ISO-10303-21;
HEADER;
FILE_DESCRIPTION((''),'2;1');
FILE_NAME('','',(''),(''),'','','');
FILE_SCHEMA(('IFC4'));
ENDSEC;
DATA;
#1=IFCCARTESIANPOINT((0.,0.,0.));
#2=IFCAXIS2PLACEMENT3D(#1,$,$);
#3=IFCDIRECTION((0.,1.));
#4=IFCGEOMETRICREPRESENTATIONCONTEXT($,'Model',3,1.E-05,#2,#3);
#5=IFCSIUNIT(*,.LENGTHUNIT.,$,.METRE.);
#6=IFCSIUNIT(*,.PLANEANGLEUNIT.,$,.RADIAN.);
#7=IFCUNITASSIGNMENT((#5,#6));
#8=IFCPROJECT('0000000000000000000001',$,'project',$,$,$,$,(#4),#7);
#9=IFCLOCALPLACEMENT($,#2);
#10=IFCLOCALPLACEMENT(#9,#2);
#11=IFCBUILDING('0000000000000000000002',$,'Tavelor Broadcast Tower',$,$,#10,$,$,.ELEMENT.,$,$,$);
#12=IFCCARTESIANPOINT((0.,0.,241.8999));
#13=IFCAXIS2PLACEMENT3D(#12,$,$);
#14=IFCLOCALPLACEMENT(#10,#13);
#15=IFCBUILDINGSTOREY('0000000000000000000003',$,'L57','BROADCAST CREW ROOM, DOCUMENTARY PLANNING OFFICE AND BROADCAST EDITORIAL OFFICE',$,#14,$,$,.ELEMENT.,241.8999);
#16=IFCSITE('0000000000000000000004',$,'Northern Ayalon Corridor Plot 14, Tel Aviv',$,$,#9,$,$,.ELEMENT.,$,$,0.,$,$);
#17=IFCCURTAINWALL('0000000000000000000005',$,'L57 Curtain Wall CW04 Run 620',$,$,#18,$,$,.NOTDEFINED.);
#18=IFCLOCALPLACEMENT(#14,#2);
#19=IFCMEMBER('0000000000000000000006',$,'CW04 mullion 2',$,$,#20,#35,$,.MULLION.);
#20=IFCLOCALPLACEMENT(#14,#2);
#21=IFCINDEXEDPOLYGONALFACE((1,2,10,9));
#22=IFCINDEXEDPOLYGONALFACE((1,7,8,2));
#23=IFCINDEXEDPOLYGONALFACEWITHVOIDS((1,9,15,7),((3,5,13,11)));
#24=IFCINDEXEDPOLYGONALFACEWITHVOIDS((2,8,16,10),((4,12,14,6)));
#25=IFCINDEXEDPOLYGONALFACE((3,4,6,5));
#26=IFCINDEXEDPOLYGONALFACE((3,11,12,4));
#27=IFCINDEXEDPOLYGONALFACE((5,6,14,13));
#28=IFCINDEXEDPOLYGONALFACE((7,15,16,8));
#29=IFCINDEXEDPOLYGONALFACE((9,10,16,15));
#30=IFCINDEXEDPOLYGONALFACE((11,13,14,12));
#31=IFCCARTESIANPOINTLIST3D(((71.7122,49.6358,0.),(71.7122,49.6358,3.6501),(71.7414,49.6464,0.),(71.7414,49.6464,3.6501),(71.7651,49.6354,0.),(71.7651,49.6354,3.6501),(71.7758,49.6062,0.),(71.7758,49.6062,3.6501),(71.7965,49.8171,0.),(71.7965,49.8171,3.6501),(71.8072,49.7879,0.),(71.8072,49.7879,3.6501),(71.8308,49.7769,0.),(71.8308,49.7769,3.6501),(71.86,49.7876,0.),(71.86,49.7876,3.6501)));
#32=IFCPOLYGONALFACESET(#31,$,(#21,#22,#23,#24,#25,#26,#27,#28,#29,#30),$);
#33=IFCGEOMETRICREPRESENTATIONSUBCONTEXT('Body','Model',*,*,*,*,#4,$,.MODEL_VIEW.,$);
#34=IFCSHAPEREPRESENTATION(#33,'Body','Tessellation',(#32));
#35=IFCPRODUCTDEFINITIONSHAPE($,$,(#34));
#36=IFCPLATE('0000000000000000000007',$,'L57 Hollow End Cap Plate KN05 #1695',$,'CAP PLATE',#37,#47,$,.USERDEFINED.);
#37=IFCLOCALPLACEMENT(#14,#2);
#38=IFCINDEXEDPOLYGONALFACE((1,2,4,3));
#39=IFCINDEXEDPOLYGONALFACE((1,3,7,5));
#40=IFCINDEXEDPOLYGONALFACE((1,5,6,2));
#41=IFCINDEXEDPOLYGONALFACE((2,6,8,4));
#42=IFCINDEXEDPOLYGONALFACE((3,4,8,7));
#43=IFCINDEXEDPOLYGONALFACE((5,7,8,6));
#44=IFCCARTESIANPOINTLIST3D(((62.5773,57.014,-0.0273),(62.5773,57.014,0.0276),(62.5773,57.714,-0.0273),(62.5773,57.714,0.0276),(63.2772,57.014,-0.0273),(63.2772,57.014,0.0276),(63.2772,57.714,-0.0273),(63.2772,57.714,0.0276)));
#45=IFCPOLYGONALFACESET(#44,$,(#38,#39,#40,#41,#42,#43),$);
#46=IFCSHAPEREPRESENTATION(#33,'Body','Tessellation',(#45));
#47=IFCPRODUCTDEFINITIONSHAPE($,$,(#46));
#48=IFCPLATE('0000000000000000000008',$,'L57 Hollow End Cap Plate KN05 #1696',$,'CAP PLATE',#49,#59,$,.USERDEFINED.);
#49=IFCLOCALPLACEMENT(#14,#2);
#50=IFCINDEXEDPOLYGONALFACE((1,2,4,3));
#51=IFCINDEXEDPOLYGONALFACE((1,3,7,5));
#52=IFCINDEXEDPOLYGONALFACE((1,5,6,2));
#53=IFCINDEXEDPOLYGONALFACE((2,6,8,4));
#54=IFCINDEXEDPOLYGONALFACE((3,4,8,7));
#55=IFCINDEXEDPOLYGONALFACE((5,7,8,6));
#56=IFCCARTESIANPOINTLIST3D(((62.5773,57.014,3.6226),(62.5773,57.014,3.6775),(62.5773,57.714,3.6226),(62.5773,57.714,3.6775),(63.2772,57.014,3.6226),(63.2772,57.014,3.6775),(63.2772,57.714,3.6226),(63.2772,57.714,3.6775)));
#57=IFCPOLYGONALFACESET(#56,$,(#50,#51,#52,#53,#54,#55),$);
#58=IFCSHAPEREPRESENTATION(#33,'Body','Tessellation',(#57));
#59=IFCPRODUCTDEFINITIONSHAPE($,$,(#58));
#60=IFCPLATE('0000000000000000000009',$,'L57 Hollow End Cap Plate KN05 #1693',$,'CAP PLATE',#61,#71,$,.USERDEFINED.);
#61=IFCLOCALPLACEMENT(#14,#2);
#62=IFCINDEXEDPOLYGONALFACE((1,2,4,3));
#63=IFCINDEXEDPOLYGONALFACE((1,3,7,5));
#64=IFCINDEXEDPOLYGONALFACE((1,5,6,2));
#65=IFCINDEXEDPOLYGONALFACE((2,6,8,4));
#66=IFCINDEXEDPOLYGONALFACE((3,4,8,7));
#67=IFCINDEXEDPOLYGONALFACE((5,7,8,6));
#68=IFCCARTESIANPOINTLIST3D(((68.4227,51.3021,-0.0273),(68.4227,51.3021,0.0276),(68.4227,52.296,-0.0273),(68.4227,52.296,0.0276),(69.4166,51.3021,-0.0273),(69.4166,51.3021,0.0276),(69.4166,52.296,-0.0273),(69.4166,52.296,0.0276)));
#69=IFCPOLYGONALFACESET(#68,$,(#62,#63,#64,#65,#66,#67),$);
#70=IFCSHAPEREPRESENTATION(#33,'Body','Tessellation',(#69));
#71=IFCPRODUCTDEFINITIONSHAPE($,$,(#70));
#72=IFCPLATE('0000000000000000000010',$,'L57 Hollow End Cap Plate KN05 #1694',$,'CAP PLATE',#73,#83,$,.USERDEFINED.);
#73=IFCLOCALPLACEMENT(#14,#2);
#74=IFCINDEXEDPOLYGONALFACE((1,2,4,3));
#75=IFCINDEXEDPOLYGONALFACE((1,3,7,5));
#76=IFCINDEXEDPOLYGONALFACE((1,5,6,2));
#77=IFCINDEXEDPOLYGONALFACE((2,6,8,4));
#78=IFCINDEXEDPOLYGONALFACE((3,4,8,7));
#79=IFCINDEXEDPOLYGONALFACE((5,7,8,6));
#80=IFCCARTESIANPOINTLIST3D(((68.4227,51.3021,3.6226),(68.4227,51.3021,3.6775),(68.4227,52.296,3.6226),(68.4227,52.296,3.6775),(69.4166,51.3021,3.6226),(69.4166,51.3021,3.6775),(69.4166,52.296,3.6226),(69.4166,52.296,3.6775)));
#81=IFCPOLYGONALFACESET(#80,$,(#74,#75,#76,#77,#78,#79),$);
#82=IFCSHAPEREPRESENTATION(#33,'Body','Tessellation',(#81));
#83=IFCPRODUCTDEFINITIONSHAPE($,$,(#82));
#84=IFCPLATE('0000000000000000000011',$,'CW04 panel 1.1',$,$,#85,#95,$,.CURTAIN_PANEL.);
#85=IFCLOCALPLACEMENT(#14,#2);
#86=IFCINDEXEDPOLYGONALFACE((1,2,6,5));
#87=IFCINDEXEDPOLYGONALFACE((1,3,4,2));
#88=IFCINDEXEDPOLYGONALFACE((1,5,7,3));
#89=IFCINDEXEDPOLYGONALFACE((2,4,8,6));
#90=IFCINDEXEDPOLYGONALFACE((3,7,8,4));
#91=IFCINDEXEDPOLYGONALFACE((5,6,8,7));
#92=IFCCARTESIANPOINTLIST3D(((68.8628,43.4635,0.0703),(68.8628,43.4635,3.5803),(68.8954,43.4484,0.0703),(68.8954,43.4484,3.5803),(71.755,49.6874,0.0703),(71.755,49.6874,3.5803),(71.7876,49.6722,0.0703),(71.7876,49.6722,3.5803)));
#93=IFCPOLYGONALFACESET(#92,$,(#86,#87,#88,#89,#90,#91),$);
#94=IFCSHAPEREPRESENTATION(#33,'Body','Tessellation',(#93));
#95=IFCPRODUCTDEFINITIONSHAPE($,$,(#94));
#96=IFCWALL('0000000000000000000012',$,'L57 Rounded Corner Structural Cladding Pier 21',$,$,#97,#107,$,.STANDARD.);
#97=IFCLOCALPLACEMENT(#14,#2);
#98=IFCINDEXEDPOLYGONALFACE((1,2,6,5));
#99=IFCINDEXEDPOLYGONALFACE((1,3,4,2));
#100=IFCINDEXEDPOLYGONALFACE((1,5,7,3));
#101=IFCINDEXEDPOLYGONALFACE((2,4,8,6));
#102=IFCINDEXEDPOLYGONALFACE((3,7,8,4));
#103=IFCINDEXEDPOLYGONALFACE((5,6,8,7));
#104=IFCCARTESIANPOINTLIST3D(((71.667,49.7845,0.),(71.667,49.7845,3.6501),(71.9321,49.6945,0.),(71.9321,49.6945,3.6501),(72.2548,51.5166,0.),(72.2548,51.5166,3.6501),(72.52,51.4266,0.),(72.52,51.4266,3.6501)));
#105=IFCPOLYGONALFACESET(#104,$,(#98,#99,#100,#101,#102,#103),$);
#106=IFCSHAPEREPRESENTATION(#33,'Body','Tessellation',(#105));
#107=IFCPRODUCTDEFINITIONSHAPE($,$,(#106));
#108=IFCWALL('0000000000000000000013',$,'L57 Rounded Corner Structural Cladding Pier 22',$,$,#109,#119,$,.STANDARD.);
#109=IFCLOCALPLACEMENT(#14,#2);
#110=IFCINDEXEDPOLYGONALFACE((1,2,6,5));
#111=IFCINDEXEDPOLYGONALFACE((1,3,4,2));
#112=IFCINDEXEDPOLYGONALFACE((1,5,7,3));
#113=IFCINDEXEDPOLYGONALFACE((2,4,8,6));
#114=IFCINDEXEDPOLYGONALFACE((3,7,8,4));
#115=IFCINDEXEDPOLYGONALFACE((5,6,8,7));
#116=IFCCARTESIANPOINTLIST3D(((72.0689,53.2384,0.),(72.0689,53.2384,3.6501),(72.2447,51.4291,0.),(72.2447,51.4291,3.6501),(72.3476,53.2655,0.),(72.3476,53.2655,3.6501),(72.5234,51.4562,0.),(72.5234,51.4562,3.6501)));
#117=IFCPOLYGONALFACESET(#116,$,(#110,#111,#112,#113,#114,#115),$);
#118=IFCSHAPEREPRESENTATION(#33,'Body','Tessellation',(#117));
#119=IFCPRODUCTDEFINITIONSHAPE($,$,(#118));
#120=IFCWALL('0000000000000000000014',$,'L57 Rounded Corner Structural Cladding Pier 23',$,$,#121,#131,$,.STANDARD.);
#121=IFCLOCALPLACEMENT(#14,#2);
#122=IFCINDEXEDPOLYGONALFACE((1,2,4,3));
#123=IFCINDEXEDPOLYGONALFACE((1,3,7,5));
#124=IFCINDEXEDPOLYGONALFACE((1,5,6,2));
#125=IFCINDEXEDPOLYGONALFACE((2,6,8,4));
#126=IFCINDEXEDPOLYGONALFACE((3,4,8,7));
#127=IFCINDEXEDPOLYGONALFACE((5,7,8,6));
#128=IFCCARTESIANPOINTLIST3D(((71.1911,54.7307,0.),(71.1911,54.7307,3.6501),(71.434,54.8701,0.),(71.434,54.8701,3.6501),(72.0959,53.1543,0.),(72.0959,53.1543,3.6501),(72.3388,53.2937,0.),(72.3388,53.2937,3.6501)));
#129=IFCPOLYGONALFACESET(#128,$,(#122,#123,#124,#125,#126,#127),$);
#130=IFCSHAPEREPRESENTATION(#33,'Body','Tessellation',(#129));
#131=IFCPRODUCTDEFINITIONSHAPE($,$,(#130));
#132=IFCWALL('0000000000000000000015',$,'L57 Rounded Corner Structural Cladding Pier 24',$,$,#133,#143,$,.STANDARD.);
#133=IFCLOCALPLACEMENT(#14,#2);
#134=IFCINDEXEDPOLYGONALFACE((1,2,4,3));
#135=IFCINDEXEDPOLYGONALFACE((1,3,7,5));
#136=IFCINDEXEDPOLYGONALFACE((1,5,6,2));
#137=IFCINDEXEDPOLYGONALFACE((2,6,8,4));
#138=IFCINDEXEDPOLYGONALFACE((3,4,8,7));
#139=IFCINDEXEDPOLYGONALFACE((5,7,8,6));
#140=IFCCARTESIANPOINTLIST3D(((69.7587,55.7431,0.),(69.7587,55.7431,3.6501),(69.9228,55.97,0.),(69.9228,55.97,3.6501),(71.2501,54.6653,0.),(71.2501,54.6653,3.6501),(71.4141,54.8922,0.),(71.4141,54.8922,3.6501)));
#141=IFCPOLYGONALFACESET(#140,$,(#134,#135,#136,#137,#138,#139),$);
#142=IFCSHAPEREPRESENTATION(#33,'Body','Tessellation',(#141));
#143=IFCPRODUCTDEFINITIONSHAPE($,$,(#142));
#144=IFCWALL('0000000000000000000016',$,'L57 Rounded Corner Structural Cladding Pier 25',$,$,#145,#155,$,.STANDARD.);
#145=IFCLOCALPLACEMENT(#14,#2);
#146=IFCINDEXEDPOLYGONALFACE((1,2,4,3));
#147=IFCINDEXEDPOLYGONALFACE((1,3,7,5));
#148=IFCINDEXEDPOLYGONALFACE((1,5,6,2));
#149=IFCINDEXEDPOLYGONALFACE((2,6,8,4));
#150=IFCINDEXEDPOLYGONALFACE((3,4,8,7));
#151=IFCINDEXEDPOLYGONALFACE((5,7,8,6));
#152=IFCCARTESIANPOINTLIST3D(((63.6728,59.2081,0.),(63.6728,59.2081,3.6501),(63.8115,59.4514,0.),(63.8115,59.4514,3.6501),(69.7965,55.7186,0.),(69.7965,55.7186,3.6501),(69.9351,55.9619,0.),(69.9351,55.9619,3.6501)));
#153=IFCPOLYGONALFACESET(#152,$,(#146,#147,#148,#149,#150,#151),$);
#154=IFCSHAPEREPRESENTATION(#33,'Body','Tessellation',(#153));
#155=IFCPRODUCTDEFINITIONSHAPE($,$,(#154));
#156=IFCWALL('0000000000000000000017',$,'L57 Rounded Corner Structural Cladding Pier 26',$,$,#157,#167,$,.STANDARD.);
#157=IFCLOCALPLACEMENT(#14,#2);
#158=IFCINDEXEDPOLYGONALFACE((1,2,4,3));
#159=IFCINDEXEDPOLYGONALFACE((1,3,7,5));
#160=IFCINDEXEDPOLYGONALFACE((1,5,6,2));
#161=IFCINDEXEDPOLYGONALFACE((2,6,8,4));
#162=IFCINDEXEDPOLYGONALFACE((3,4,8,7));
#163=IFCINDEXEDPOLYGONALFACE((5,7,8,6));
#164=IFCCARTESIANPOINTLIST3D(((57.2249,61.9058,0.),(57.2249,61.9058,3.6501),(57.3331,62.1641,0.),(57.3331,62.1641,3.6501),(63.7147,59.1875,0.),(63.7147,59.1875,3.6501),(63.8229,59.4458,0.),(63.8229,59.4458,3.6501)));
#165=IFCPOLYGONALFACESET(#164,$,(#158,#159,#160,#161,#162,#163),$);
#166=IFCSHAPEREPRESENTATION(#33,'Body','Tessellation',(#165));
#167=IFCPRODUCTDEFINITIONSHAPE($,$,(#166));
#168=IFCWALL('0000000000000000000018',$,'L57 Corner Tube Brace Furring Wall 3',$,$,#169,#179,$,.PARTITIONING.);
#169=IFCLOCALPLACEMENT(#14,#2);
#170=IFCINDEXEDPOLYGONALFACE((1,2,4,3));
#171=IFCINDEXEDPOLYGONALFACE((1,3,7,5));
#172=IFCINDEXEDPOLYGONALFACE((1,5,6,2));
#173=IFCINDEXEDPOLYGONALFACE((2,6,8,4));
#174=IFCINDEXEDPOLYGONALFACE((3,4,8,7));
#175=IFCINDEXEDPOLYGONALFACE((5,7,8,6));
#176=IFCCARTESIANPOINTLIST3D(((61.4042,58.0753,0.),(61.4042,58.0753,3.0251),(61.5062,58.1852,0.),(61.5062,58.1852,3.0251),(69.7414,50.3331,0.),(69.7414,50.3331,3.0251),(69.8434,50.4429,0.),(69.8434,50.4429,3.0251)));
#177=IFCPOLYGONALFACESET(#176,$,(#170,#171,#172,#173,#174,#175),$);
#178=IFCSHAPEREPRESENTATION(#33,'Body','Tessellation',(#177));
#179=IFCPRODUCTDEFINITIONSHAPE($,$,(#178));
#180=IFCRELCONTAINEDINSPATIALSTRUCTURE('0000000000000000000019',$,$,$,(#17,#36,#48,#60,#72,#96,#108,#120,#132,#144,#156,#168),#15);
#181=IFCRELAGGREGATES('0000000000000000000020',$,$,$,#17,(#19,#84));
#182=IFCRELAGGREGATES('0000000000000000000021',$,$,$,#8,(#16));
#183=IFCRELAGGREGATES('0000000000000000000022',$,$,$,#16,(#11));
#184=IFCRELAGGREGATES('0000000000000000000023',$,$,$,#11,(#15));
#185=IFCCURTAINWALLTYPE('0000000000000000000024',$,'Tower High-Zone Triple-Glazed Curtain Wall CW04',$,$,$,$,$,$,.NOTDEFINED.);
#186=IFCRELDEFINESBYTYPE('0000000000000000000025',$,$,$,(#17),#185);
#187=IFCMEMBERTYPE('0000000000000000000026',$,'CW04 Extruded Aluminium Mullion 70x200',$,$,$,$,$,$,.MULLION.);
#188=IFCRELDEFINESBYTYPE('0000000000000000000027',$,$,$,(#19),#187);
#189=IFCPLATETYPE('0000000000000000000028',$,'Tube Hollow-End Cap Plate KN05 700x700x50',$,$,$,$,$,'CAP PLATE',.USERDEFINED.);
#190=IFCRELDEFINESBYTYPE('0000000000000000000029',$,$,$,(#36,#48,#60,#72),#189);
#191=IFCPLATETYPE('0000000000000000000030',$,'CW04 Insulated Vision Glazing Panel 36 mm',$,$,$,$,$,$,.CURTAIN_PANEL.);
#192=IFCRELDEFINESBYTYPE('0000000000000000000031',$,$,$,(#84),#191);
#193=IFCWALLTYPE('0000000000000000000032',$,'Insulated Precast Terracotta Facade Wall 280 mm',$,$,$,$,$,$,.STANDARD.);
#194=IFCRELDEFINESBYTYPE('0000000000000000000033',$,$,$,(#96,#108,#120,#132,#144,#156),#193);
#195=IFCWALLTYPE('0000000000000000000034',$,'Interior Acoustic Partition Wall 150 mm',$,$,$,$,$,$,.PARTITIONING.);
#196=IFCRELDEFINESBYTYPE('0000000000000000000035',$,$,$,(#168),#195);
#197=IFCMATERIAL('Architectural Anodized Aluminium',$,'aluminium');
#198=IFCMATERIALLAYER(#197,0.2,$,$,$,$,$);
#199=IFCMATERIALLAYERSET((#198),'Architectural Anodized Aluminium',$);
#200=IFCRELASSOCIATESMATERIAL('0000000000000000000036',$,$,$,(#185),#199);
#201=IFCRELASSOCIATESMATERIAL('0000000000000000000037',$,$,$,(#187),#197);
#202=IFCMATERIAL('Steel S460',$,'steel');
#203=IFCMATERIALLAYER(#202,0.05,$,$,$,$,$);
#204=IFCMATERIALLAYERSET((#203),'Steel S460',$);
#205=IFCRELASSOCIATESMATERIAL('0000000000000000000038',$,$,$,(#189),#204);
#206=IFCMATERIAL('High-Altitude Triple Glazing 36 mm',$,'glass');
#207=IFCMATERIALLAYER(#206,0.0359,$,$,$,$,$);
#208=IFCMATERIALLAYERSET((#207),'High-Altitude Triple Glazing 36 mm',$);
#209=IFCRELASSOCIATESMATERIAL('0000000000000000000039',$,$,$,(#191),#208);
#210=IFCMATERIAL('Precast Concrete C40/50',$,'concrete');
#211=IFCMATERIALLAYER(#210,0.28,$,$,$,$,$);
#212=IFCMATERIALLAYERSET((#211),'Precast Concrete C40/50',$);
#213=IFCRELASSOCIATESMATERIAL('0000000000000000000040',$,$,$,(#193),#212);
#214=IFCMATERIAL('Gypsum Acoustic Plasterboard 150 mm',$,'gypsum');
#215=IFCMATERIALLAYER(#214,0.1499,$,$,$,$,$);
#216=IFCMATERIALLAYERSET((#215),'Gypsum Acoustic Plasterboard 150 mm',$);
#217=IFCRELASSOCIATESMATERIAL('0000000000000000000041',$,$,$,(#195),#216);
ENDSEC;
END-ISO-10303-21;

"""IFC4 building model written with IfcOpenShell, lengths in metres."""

from ifc_helpers import new_model, si_unit, direction, frame, frame_2d, origin, origin_2d, place, context, subcontext, project, spatial, rectangle, hollow_rectangle, extrude, source, transform, mapped, material, layer, layer_set, material_profile, profile_set, type_object, type_shapes, element, aggregate, save


model = new_model("IFC4")

# Units and contexts
model_context = context("Model", 3, precision=1e-05, world=origin(), true_north=direction((0.0, 1.0)))
body_context = subcontext(model_context, "Body", "Model", "MODEL_VIEW")
ifc_project = project(units=[si_unit("LENGTHUNIT", "METRE"), si_unit("PLANEANGLEUNIT", "RADIAN")], contexts=[model_context])

# Site, building, storey
site_placement = place(None, origin())
site = spatial("IfcSite", under=ifc_project, at=site_placement, Name="Northern Ayalon Corridor Plot 14, Tel Aviv", CompositionType="ELEMENT", RefElevation=0.0)
building_placement = place(site_placement, origin())
building = spatial("IfcBuilding", under=site, at=building_placement, Name="Tavelor Broadcast Tower", CompositionType="ELEMENT")
storey_placement = place(building_placement, frame((0.0, 0.0, 241.8999)))
storey = spatial("IfcBuildingStorey", under=building, at=storey_placement, Name="L57", Description="BROADCAST CREW ROOM, DOCUMENTARY PLANNING OFFICE AND BROADCAST EDITORIAL OFFICE", CompositionType="ELEMENT", Elevation=241.8999)

# Shared definitions
ifc_material_1 = material(Name="Steel S460", Category="steel")

# Curtain wall, member
ifc_material_2 = material(Name="Architectural Anodized Aluminium", Category="aluminium")
ifc_layer_1 = layer(ifc_material_2, 0.2)
ifc_layer_set_1 = layer_set([ifc_layer_1], Name="Architectural Anodized Aluminium")
curtain_wall_type = type_object("IfcCurtainWallType", Name="Tower High-Zone Triple-Glazed Curtain Wall CW04", PredefinedType="NOTDEFINED", material=ifc_layer_set_1)
curtain_wall_placement = place(storey_placement, origin())
curtain_wall = element("IfcCurtainWall", 1, at=curtain_wall_placement, inside=storey, type_object=curtain_wall_type, Name="L57 Curtain Wall CW04 Run 620", PredefinedType="NOTDEFINED")
ifc_material_profile_1 = material_profile(ifc_material_2, hollow_rectangle(XDim=0.0701, YDim=0.2, WallThickness=0.022, at=origin_2d()), Name="RHS 70x200x22")
ifc_profile_set_1 = profile_set([ifc_material_profile_1], Name="Architectural Anodized Aluminium")
member_type_1 = type_object("IfcMemberType", Name="CW04 Extruded Aluminium Mullion 70x200", PredefinedType="MULLION", material=ifc_profile_set_1)
shared_shape_1 = source(origin(), body_context, "Body", "SweptSolid", [
    extrude(hollow_rectangle(XDim=0.0701, YDim=0.2, WallThickness=0.022, at=origin_2d()), origin(), (0.0, 0.0, 1.0), 3.6501),
])
type_shapes(member_type_1, [shared_shape_1])
member_1_placement = place(storey_placement, frame((71.7861, 49.7117, 0.0), z_axis=(0.0, 0.0, 1.0), x_axis=(-0.906869, 0.421413, 0.0)))
member_1 = element("IfcMember", 2, at=member_1_placement, type_object=member_type_1, Name="CW04 mullion 2", PredefinedType="MULLION", context=body_context, shape_type="MappedRepresentation", body=[
    mapped(shared_shape_1, transform((0.0, 0.0, 0.0), scale=1.0)),
])

# Plates
ifc_layer_2 = layer(ifc_material_1, 0.05)
ifc_layer_set_2 = layer_set([ifc_layer_2], Name="Steel S460")
plate_type_1 = type_object("IfcPlateType", Name="Tube Hollow-End Cap Plate KN05 700x700x50", ElementType="CAP PLATE", PredefinedType="USERDEFINED", material=ifc_layer_set_2)
shared_shape_2 = source(origin(), body_context, "Body", "SweptSolid", [
    extrude(rectangle(XDim=0.7, YDim=0.7, at=origin_2d()), origin(), (0.0, 0.0, 1.0), 0.0549),
])
for number, where, z_axis, x_axis, name in (
    (3, (62.9272, 57.364, -0.0273), (0.0, 0.0, 1.0), (1.0, 0.0, 0.0), "L57 Hollow End Cap Plate KN05 #1695"),
    (4, (62.9272, 57.364, 3.6226), (0.0, 0.0, 1.0), (1.0, 0.0, 0.0), "L57 Hollow End Cap Plate KN05 #1696"),
):
    element("IfcPlate", number, at=place(storey_placement, frame(where, z_axis=z_axis, x_axis=x_axis)), inside=storey, type_object=plate_type_1, Name=name, ObjectType="CAP PLATE", PredefinedType="USERDEFINED", context=body_context, shape_type="MappedRepresentation", body=[
        mapped(shared_shape_2, transform((0.0, 0.0, 0.0), scale=1.0)),
    ])
shared_shape_3 = source(origin(), body_context, "Body", "SweptSolid", [
    extrude(rectangle(XDim=0.9939, YDim=0.9939, at=origin_2d()), origin(), (0.0, 0.0, 1.0), 0.0549),
])
type_shapes(plate_type_1, [shared_shape_2, shared_shape_3])
for number, where, z_axis, x_axis, name in (
    (5, (68.9197, 51.7991, -0.0273), (0.0, 0.0, 1.0), (1.0, 0.0, 0.0), "L57 Hollow End Cap Plate KN05 #1693"),
    (6, (68.9197, 51.7991, 3.6226), (0.0, 0.0, 1.0), (1.0, 0.0, 0.0), "L57 Hollow End Cap Plate KN05 #1694"),
):
    element("IfcPlate", number, at=place(storey_placement, frame(where, z_axis=z_axis, x_axis=x_axis)), inside=storey, type_object=plate_type_1, Name=name, ObjectType="CAP PLATE", PredefinedType="USERDEFINED", context=body_context, shape_type="MappedRepresentation", body=[
        mapped(shared_shape_3, transform((0.0, 0.0, 0.0), scale=1.0)),
    ])

# Plate
ifc_material_3 = material(Name="High-Altitude Triple Glazing 36 mm", Category="glass")
ifc_layer_3 = layer(ifc_material_3, 0.0359)
ifc_layer_set_3 = layer_set([ifc_layer_3], Name="High-Altitude Triple Glazing 36 mm")
plate_type_2 = type_object("IfcPlateType", Name="CW04 Insulated Vision Glazing Panel 36 mm", PredefinedType="CURTAIN_PANEL", material=ifc_layer_set_3)
shared_shape_4 = source(origin(), body_context, "Body", "SweptSolid", [
    extrude(rectangle(XDim=6.863, YDim=0.0359, at=origin_2d()), origin(), (0.0, 0.0, 1.0), 3.51),
])
type_shapes(plate_type_2, [shared_shape_4])
plate_placement = place(storey_placement, frame((70.3252, 46.5679, 0.0703), z_axis=(0.0, 0.0, 1.0), x_axis=(0.421413, 0.906869, 0.0)))
plate = element("IfcPlate", 7, at=plate_placement, type_object=plate_type_2, Name="CW04 panel 1.1", PredefinedType="CURTAIN_PANEL", context=body_context, shape_type="MappedRepresentation", body=[
    mapped(shared_shape_4, transform((0.0, 0.0, 0.0), scale=1.0)),
])
aggregate(curtain_wall, [member_1, plate])

# Walls
ifc_material_4 = material(Name="Precast Concrete C40/50", Category="concrete")
ifc_layer_4 = layer(ifc_material_4, 0.28)
ifc_layer_set_4 = layer_set([ifc_layer_4], Name="Precast Concrete C40/50")
wall_type_1 = type_object("IfcWallType", Name="Insulated Precast Terracotta Facade Wall 280 mm", PredefinedType="STANDARD", material=ifc_layer_set_4)
wall_1_placement = place(storey_placement, frame((71.7996, 49.7395, 0.0), z_axis=(0.0, 0.0, 1.0), x_axis=(0.321388, 0.946948, 0.0)))
element("IfcWall", 8, at=wall_1_placement, inside=storey, type_object=wall_type_1, Name="L57 Rounded Corner Structural Cladding Pier 21", PredefinedType="STANDARD", context=body_context, shape_type="SweptSolid", body=[
    extrude(rectangle(XDim=1.8291, YDim=0.28, at=frame_2d((0.9146, 0.0))), origin(), (0.0, 0.0, 1.0), 3.6501),
])
wall_2_placement = place(storey_placement, frame((72.384, 51.4426, 0.0), z_axis=(0.0, 0.0, 1.0), x_axis=(-0.096698, 0.995314, 0.0)))
element("IfcWall", 9, at=wall_2_placement, inside=storey, type_object=wall_type_1, Name="L57 Rounded Corner Structural Cladding Pier 22", PredefinedType="STANDARD", context=body_context, shape_type="SweptSolid", body=[
    extrude(rectangle(XDim=1.8179, YDim=0.28, at=frame_2d((0.9089, 0.0))), origin(), (0.0, 0.0, 1.0), 3.6501),
])
wall_3_placement = place(storey_placement, frame((72.2173, 53.2241, 0.0), z_axis=(0.0, 0.0, 1.0), x_axis=(-0.497787, 0.867299, 0.0)))
element("IfcWall", 10, at=wall_3_placement, inside=storey, type_object=wall_type_1, Name="L57 Rounded Corner Structural Cladding Pier 23", PredefinedType="STANDARD", context=body_context, shape_type="SweptSolid", body=[
    extrude(rectangle(XDim=1.8176, YDim=0.28, at=frame_2d((0.9087, 0.0))), origin(), (0.0, 0.0, 1.0), 3.6501),
])
wall_4_placement = place(storey_placement, frame((71.332, 54.7788, 0.0), z_axis=(0.0, 0.0, 1.0), x_axis=(-0.810494, 0.585747, 0.0)))
element("IfcWall", 11, at=wall_4_placement, inside=storey, type_object=wall_type_1, Name="L57 Rounded Corner Structural Cladding Pier 24", PredefinedType="STANDARD", context=body_context, shape_type="SweptSolid", body=[
    extrude(rectangle(XDim=1.8401, YDim=0.28, at=frame_2d((0.9199, 0.0))), origin(), (0.0, 0.0, 1.0), 3.6501),
])
wall_5_placement = place(storey_placement, frame((69.8657, 55.8403, 0.0), z_axis=(0.0, 0.0, 1.0), x_axis=(-0.868841, 0.49509, 0.0)))
element("IfcWall", 12, at=wall_5_placement, inside=storey, type_object=wall_type_1, Name="L57 Rounded Corner Structural Cladding Pier 25", PredefinedType="STANDARD", context=body_context, shape_type="SweptSolid", body=[
    extrude(rectangle(XDim=7.0481, YDim=0.28, at=frame_2d((3.5239, 0.0))), origin(), (0.0, 0.0, 1.0), 3.6501),
])
wall_6_placement = place(storey_placement, frame((63.7688, 59.3167, 0.0), z_axis=(0.0, 0.0, 1.0), x_axis=(-0.922359, 0.386334, 0.0)))
element("IfcWall", 13, at=wall_6_placement, inside=storey, type_object=wall_type_1, Name="L57 Rounded Corner Structural Cladding Pier 26", PredefinedType="STANDARD", context=body_context, shape_type="SweptSolid", body=[
    extrude(rectangle(XDim=7.0361, YDim=0.28, at=frame_2d((3.5181, 0.0))), origin(), (0.0, 0.0, 1.0), 3.6501),
])
ifc_material_5 = material(Name="Gypsum Acoustic Plasterboard 150 mm", Category="gypsum")
ifc_layer_5 = layer(ifc_material_5, 0.1499)
ifc_layer_set_5 = layer_set([ifc_layer_5], Name="Gypsum Acoustic Plasterboard 150 mm")
wall_type_2 = type_object("IfcWallType", Name="Interior Acoustic Partition Wall 150 mm", PredefinedType="PARTITIONING", material=ifc_layer_set_5)
wall_7_placement = place(storey_placement, frame((69.7925, 50.3879, 0.0), z_axis=(0.0, 0.0, 1.0), x_axis=(-0.73277, 0.680477, 0.0)))
element("IfcWall", 14, at=wall_7_placement, inside=storey, type_object=wall_type_2, Name="L57 Corner Tube Brace Furring Wall 3", PredefinedType="PARTITIONING", context=body_context, shape_type="SweptSolid", body=[
    extrude(rectangle(XDim=11.3777, YDim=0.1499, at=frame_2d((5.689, 0.0))), origin(), (0.0, 0.0, 1.0), 3.0251),
])

save(model, "model.ifc")
